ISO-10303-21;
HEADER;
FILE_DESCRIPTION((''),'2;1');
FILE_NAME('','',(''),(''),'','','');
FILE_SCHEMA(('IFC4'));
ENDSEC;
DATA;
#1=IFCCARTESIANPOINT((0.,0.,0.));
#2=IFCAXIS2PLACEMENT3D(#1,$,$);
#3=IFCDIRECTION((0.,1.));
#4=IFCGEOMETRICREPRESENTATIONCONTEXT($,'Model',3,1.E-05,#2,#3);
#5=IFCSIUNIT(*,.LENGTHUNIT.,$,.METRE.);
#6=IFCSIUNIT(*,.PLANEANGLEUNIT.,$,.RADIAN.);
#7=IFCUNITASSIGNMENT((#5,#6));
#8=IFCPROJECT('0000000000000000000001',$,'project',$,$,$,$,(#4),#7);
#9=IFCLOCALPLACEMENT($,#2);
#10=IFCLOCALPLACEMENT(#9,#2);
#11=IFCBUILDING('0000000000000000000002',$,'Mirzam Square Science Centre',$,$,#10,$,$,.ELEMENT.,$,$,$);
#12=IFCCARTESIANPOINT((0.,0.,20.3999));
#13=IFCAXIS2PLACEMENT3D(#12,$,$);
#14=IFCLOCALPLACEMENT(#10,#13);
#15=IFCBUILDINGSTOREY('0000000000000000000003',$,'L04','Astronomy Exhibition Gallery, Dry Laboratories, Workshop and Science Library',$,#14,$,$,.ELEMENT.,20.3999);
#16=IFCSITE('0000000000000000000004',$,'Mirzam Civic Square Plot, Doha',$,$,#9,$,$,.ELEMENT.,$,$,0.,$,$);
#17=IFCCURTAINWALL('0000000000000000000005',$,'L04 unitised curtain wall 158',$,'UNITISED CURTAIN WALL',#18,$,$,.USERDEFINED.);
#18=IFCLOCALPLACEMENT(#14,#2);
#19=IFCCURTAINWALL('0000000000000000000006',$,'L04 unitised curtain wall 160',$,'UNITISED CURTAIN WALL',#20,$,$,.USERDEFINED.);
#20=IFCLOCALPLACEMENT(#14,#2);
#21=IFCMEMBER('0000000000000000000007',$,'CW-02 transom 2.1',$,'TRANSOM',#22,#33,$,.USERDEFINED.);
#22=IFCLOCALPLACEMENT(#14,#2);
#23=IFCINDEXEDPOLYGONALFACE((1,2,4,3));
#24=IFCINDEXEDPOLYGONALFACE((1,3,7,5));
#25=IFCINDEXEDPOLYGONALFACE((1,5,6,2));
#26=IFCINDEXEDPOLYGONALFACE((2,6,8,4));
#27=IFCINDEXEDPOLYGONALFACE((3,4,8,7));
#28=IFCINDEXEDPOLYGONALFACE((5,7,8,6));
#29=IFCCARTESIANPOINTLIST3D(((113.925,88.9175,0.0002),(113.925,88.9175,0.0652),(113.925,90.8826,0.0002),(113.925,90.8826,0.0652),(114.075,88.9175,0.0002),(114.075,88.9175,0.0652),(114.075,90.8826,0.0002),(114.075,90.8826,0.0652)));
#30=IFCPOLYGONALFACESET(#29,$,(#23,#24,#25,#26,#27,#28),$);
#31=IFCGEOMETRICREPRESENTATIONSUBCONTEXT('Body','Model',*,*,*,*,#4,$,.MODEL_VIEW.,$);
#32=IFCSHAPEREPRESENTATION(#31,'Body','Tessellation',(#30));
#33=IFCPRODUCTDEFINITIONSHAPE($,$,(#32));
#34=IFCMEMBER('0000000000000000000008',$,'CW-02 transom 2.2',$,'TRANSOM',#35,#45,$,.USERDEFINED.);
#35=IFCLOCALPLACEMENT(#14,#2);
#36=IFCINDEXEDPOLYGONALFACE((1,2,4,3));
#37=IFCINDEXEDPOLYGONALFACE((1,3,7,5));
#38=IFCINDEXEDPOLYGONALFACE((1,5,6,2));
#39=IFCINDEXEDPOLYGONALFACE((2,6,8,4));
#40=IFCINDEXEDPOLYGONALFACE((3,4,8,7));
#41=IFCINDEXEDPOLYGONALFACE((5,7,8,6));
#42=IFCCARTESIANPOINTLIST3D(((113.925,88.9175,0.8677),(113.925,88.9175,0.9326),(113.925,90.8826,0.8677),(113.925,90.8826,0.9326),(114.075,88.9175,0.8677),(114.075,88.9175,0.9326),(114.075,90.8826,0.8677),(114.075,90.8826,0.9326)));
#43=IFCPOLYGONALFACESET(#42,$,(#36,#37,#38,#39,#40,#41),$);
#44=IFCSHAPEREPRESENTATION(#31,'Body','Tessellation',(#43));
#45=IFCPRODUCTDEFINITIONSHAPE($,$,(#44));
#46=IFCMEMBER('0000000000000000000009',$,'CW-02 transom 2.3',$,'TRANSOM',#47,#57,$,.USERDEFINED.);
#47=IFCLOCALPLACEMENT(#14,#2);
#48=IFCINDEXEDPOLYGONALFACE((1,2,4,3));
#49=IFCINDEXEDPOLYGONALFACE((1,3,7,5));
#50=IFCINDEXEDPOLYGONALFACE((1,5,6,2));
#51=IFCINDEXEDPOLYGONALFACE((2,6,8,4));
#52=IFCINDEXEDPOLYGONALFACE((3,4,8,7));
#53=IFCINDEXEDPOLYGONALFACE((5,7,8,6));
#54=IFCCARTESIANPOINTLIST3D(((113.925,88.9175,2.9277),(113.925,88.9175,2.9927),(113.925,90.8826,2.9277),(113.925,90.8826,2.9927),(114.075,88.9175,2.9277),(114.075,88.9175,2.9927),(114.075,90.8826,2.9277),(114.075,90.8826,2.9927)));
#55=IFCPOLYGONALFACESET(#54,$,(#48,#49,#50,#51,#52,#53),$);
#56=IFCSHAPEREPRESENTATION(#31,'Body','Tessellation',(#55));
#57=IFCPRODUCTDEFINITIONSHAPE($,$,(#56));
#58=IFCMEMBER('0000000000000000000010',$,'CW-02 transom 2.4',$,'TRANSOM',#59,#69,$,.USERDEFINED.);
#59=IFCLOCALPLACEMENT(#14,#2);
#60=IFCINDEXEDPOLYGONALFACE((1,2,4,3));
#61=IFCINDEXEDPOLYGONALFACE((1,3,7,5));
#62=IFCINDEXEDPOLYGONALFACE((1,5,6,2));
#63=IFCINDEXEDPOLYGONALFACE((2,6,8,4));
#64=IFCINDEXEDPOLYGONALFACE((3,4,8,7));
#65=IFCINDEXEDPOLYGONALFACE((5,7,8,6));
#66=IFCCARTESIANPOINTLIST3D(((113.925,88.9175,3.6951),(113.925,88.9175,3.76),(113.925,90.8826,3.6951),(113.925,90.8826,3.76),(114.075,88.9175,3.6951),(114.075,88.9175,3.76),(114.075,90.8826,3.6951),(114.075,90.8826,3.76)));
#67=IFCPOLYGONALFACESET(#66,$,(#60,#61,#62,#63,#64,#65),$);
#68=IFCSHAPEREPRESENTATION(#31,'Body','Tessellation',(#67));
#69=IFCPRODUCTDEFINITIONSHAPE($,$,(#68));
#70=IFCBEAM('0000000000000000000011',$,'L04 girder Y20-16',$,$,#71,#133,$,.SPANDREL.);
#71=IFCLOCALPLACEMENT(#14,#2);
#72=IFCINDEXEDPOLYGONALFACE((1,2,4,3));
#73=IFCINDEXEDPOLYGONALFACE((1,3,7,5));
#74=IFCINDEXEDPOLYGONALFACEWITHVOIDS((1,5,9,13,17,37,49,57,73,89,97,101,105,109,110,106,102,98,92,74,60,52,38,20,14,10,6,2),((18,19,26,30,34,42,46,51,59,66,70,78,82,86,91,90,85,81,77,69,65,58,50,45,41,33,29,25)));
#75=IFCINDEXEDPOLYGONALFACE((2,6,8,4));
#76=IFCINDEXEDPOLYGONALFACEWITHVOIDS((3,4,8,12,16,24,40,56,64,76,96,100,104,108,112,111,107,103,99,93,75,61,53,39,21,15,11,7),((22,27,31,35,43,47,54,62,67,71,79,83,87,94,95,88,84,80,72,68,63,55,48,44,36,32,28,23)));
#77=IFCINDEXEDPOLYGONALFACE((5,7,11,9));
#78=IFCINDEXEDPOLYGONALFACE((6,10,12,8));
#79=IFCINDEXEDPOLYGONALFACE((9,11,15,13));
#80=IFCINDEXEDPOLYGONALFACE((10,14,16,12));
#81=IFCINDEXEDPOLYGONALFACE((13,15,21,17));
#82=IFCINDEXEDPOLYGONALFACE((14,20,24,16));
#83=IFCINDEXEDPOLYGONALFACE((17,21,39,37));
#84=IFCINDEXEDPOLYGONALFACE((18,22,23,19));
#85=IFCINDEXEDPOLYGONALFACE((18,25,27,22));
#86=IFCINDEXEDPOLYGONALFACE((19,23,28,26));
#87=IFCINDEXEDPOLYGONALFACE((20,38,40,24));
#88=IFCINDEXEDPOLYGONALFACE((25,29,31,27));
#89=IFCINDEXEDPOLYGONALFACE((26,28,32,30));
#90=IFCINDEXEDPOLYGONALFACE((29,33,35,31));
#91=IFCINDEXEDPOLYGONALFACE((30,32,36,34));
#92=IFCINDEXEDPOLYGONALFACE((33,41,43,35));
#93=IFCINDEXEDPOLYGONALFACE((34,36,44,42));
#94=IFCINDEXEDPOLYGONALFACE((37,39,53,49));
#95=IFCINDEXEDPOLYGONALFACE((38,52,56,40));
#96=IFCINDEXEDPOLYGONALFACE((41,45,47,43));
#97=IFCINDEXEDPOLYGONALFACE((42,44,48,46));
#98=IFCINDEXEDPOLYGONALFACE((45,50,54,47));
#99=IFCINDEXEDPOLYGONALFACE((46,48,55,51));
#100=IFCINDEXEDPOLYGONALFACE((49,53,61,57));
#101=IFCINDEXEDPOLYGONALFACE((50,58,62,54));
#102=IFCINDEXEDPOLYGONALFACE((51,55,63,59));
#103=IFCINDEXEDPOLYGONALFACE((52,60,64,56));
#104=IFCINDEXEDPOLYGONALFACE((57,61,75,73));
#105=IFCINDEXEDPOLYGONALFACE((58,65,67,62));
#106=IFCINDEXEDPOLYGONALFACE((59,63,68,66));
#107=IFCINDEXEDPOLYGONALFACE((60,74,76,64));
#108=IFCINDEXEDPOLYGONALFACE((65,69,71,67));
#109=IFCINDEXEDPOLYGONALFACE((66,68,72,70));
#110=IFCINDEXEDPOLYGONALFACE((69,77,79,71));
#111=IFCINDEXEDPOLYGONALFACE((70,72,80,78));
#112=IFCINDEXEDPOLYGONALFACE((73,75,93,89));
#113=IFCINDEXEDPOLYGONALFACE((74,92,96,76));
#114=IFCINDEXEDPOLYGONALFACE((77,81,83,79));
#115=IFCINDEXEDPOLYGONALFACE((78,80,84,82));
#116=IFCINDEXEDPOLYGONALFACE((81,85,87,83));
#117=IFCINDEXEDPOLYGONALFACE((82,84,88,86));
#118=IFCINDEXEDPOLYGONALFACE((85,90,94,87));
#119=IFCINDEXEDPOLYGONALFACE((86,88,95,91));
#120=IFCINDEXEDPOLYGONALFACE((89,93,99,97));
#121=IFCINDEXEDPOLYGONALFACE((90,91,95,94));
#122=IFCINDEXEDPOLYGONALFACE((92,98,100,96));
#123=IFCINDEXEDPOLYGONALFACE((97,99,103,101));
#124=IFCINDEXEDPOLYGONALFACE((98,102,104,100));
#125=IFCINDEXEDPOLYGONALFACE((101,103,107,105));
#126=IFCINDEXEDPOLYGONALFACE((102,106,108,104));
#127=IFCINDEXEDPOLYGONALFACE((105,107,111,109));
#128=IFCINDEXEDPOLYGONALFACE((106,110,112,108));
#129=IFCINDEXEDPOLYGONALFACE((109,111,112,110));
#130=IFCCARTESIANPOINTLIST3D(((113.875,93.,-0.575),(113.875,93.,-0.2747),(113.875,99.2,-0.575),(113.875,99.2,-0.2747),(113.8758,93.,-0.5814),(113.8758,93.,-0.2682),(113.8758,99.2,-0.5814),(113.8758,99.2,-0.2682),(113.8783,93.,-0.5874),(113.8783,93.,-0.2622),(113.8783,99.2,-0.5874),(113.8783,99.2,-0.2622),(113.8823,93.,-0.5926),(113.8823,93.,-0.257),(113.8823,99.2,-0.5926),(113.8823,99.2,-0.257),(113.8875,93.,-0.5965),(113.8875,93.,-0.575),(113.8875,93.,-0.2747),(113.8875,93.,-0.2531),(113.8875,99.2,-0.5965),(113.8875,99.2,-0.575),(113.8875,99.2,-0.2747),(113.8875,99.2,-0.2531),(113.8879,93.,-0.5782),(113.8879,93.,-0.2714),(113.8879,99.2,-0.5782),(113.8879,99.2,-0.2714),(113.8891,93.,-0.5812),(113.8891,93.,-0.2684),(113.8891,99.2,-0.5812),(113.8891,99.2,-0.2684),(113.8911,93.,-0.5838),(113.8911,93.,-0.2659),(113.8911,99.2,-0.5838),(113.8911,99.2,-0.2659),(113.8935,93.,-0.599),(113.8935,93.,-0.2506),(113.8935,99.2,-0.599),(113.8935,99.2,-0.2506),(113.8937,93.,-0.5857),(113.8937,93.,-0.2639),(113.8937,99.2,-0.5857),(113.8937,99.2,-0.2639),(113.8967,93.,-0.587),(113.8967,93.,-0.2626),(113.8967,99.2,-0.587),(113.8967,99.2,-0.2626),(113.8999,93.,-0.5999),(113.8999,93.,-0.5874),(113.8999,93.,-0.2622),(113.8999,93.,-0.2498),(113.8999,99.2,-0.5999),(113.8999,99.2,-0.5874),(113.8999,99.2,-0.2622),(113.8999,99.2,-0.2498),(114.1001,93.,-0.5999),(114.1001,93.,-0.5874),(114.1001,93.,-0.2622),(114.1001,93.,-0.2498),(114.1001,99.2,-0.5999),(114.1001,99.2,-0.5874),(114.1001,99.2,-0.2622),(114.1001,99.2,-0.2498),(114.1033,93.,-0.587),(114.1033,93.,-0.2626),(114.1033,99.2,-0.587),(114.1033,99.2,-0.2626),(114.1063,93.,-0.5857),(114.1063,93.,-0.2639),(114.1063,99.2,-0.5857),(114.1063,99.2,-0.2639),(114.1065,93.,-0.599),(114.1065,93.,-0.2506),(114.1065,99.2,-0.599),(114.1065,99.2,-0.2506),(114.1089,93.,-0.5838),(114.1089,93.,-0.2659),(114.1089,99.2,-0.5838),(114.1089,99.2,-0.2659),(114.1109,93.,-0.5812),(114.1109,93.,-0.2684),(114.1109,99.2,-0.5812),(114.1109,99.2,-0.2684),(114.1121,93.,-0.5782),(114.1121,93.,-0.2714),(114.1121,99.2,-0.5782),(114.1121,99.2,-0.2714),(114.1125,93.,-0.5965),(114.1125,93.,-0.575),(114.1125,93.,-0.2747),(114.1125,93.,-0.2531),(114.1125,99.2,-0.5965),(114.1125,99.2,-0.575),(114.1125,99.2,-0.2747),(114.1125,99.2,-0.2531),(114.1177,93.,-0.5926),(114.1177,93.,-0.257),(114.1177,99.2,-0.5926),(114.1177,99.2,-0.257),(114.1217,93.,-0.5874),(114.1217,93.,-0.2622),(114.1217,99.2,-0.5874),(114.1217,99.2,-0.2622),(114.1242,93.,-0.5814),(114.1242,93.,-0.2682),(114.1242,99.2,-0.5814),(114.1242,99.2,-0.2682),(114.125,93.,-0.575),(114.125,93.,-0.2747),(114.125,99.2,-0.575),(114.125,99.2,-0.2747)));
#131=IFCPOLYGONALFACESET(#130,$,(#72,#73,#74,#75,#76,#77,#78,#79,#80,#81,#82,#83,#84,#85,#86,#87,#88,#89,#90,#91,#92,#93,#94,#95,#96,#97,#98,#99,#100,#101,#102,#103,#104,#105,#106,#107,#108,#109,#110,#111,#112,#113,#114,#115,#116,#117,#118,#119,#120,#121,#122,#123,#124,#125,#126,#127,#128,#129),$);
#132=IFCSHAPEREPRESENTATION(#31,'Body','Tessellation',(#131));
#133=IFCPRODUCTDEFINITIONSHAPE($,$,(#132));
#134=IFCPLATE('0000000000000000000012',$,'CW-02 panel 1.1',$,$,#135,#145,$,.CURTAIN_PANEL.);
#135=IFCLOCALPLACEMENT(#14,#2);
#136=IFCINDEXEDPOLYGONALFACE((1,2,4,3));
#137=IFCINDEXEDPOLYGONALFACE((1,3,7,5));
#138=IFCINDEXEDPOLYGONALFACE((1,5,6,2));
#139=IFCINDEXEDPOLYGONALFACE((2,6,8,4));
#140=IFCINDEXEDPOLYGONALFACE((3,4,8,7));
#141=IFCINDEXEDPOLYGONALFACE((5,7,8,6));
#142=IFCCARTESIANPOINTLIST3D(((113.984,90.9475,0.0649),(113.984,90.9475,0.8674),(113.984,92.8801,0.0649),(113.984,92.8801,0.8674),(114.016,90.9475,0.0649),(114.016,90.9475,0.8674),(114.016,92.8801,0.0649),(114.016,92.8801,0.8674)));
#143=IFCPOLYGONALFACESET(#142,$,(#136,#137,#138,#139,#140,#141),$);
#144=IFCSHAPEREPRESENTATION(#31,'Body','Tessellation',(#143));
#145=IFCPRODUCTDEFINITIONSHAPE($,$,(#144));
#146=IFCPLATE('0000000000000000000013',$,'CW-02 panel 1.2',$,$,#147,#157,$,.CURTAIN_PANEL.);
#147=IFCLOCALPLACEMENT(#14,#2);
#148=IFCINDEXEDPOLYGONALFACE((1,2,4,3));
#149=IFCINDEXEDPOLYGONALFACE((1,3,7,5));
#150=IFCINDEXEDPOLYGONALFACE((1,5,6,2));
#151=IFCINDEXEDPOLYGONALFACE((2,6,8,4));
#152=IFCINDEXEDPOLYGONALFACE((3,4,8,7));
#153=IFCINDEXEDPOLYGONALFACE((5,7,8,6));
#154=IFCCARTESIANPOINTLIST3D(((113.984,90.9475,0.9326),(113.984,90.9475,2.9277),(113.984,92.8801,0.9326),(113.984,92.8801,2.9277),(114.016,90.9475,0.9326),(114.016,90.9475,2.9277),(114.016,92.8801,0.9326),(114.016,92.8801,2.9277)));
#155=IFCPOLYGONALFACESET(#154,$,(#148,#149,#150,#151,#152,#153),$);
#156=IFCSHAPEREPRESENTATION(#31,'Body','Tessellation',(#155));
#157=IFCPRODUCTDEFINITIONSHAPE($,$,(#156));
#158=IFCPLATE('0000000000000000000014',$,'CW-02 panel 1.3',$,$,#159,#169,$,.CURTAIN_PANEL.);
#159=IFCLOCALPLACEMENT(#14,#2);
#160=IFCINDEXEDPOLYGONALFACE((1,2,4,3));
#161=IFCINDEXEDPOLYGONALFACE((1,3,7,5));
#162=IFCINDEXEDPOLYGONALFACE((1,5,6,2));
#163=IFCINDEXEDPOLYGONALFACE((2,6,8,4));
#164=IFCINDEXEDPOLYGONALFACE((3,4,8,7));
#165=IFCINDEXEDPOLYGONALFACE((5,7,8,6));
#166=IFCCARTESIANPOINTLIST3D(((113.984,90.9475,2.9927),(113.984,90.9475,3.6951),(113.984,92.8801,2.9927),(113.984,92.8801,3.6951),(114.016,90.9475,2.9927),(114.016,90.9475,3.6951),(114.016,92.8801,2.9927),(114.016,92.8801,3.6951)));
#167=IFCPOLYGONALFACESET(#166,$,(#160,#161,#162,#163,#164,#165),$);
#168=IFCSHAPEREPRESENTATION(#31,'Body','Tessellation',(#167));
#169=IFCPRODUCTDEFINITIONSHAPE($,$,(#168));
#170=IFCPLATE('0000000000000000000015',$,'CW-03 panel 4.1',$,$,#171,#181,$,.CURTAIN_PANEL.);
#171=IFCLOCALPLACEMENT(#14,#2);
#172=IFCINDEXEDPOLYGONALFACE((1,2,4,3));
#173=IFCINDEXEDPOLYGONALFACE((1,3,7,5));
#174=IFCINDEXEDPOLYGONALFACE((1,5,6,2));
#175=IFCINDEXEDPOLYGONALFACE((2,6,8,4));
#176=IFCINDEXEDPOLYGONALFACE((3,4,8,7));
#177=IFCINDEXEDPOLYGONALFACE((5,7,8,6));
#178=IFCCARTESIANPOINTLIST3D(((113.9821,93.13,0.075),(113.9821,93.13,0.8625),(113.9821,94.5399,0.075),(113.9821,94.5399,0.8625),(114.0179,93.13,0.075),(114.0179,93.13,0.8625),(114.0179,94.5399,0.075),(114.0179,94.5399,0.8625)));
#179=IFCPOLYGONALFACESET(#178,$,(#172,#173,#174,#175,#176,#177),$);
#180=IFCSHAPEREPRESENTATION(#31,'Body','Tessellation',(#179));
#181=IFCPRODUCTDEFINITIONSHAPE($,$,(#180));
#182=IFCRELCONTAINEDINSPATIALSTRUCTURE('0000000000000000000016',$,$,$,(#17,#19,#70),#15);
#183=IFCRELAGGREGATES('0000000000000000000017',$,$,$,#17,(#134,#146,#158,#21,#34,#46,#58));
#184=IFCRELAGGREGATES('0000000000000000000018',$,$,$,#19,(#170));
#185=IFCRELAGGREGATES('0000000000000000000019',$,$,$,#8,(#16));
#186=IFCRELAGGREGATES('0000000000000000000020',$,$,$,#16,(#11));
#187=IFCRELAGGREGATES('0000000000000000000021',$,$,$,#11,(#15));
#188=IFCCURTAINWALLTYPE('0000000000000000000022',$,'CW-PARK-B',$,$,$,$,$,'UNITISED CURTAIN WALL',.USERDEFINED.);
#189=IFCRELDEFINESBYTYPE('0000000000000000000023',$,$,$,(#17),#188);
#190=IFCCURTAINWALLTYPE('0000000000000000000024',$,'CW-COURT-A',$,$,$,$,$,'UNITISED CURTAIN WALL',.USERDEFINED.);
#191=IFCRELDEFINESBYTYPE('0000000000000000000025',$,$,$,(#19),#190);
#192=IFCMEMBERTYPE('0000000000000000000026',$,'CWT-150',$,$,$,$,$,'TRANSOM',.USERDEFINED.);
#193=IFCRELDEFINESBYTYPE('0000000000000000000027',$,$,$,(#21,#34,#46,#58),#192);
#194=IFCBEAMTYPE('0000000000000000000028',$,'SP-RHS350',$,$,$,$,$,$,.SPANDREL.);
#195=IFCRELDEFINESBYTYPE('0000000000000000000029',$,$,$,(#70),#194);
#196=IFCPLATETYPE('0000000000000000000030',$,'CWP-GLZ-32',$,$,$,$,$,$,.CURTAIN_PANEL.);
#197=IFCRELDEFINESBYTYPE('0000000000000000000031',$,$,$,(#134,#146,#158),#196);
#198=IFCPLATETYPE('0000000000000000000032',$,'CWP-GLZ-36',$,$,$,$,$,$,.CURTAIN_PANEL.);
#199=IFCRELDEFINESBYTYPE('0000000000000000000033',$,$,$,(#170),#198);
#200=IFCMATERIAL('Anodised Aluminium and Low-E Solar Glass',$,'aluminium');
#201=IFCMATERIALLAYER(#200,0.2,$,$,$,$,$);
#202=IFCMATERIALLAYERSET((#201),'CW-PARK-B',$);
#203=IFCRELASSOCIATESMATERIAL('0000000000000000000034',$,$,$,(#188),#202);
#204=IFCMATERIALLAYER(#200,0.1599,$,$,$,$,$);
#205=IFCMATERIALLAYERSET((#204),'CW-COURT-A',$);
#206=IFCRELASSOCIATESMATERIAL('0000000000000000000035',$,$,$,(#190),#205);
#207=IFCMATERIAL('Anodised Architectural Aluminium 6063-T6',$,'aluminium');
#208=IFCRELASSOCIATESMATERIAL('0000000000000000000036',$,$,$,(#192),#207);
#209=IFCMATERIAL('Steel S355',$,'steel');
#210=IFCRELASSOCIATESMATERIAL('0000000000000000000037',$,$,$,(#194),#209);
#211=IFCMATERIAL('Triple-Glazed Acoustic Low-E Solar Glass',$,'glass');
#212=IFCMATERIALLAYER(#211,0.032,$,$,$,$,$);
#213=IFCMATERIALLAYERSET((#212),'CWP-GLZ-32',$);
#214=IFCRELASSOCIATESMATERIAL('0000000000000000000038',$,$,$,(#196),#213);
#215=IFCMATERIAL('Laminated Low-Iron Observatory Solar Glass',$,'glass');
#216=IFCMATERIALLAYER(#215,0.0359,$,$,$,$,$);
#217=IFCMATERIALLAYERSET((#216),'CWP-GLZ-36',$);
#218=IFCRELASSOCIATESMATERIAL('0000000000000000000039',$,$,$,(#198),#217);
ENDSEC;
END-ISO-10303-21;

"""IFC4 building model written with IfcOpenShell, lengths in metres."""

from ifc_helpers import new_model, si_unit, direction, frame, origin, origin_2d, place, context, subcontext, project, spatial, rectangle, hollow_rectangle, extrude, material, layer, layer_set, material_profile, profile_set, type_object, element, aggregate, save


model = new_model("IFC4")

# Units and contexts
model_context = context("Model", 3, precision=1e-05, world=origin(), true_north=direction((0.0, 1.0)))
body_context = subcontext(model_context, "Body", "Model", "MODEL_VIEW")
ifc_project = project(units=[si_unit("LENGTHUNIT", "METRE"), si_unit("PLANEANGLEUNIT", "RADIAN")], contexts=[model_context])

# Site, building, storey
site_placement = place(None, origin())
site = spatial("IfcSite", under=ifc_project, at=site_placement, Name="Mirzam Civic Square Plot, Doha", CompositionType="ELEMENT", RefElevation=0.0)
building_placement = place(site_placement, origin())
building = spatial("IfcBuilding", under=site, at=building_placement, Name="Mirzam Square Science Centre", CompositionType="ELEMENT")
storey_placement = place(building_placement, frame((0.0, 0.0, 20.3999)))
storey = spatial("IfcBuildingStorey", under=building, at=storey_placement, Name="L04", Description="Astronomy Exhibition Gallery, Dry Laboratories, Workshop and Science Library", CompositionType="ELEMENT", Elevation=20.3999)

# Shared definitions
ifc_material_1 = material(Name="Steel S355", Category="steel")

# Curtain wall
ifc_material_2 = material(Name="Anodised Aluminium and Low-E Solar Glass", Category="aluminium")
ifc_layer_1 = layer(ifc_material_2, 0.2)
ifc_layer_set_1 = layer_set([ifc_layer_1], Name="CW-PARK-B")
curtain_wall_type_1 = type_object("IfcCurtainWallType", Name="CW-PARK-B", ElementType="UNITISED CURTAIN WALL", PredefinedType="USERDEFINED", material=ifc_layer_set_1)
curtain_wall_1_placement = place(storey_placement, origin())
curtain_wall_1 = element("IfcCurtainWall", 1, at=curtain_wall_1_placement, inside=storey, type_object=curtain_wall_type_1, Name="L04 unitised curtain wall 158", ObjectType="UNITISED CURTAIN WALL", PredefinedType="USERDEFINED")
ifc_material_3 = material(Name="Anodised Architectural Aluminium 6063-T6", Category="aluminium")

# Curtain wall
ifc_layer_2 = layer(ifc_material_2, 0.1599)
ifc_layer_set_2 = layer_set([ifc_layer_2], Name="CW-COURT-A")
curtain_wall_type_2 = type_object("IfcCurtainWallType", Name="CW-COURT-A", ElementType="UNITISED CURTAIN WALL", PredefinedType="USERDEFINED", material=ifc_layer_set_2)
curtain_wall_2_placement = place(storey_placement, origin())
curtain_wall_2 = element("IfcCurtainWall", 2, at=curtain_wall_2_placement, inside=storey, type_object=curtain_wall_type_2, Name="L04 unitised curtain wall 160", ObjectType="UNITISED CURTAIN WALL", PredefinedType="USERDEFINED")

# Members
ifc_material_profile_1 = material_profile(ifc_material_3, rectangle(XDim=0.1499, YDim=0.0649, at=origin_2d()), Name="ALU-TRAN-150x65x4")
ifc_profile_set_1 = profile_set([ifc_material_profile_1], Name="Anodised Architectural Aluminium 6063-T6")
member_type_1 = type_object("IfcMemberType", Name="CWT-150", ElementType="TRANSOM", PredefinedType="USERDEFINED", material=ifc_profile_set_1)
member_1_placement = place(storey_placement, frame((114.0, 90.8826, 0.0327), z_axis=(0.0, -1.0, 0.0), x_axis=(1.0, 0.0, 0.0)))
member_1 = element("IfcMember", 3, at=member_1_placement, type_object=member_type_1, Name="CW-02 transom 2.1", ObjectType="TRANSOM", PredefinedType="USERDEFINED", context=body_context, shape_type="SweptSolid", body=[
    extrude(rectangle(XDim=0.1499, YDim=0.0649, at=origin_2d()), origin(), (0.0, 0.0, 1.0), 1.9651),
])
member_2_placement = place(storey_placement, frame((114.0, 90.8826, 0.9001), z_axis=(0.0, -1.0, 0.0), x_axis=(1.0, 0.0, 0.0)))
member_2 = element("IfcMember", 4, at=member_2_placement, type_object=member_type_1, Name="CW-02 transom 2.2", ObjectType="TRANSOM", PredefinedType="USERDEFINED", context=body_context, shape_type="SweptSolid", body=[
    extrude(rectangle(XDim=0.1499, YDim=0.0649, at=origin_2d()), origin(), (0.0, 0.0, 1.0), 1.9651),
])
member_3_placement = place(storey_placement, frame((114.0, 90.8826, 2.9602), z_axis=(0.0, -1.0, 0.0), x_axis=(1.0, 0.0, 0.0)))
member_3 = element("IfcMember", 5, at=member_3_placement, type_object=member_type_1, Name="CW-02 transom 2.3", ObjectType="TRANSOM", PredefinedType="USERDEFINED", context=body_context, shape_type="SweptSolid", body=[
    extrude(rectangle(XDim=0.1499, YDim=0.0649, at=origin_2d()), origin(), (0.0, 0.0, 1.0), 1.9651),
])
member_4_placement = place(storey_placement, frame((114.0, 90.8826, 3.7275), z_axis=(0.0, -1.0, 0.0), x_axis=(1.0, 0.0, 0.0)))
member_4 = element("IfcMember", 6, at=member_4_placement, type_object=member_type_1, Name="CW-02 transom 2.4", ObjectType="TRANSOM", PredefinedType="USERDEFINED", context=body_context, shape_type="SweptSolid", body=[
    extrude(rectangle(XDim=0.1499, YDim=0.0649, at=origin_2d()), origin(), (0.0, 0.0, 1.0), 1.9651),
])

# Beam
ifc_material_profile_2 = material_profile(ifc_material_1, hollow_rectangle(XDim=0.25, YDim=0.3501, WallThickness=0.0125, InnerFilletRadius=0.0125, OuterFilletRadius=0.0249, at=origin_2d()), Name="350x250x12.5RHS")
ifc_profile_set_2 = profile_set([ifc_material_profile_2], Name="Steel S355")
beam_type_1 = type_object("IfcBeamType", Name="SP-RHS350", PredefinedType="SPANDREL", material=ifc_profile_set_2)
beam_1_placement = place(storey_placement, frame((114.0, 93.0, -0.4248), z_axis=(0.0, 1.0, 0.0), x_axis=(-1.0, 0.0, 0.0)))
element("IfcBeam", 7, at=beam_1_placement, inside=storey, type_object=beam_type_1, Name="L04 girder Y20-16", PredefinedType="SPANDREL", context=body_context, shape_type="SweptSolid", body=[
    extrude(hollow_rectangle(XDim=0.25, YDim=0.3501, WallThickness=0.0125, InnerFilletRadius=0.0125, OuterFilletRadius=0.0249, at=origin_2d()), origin(), (0.0, 0.0, 1.0), 6.2),
])

# Plates
ifc_material_4 = material(Name="Triple-Glazed Acoustic Low-E Solar Glass", Category="glass")
ifc_layer_3 = layer(ifc_material_4, 0.032)
ifc_layer_set_3 = layer_set([ifc_layer_3], Name="CWP-GLZ-32")
plate_type_1 = type_object("IfcPlateType", Name="CWP-GLZ-32", PredefinedType="CURTAIN_PANEL", material=ifc_layer_set_3)
plate_1_placement = place(storey_placement, frame((114.0, 91.9138, 0.0649), z_axis=(0.0, 0.0, 1.0), x_axis=(0.0, -1.0, 0.0)))
plate_1 = element("IfcPlate", 8, at=plate_1_placement, type_object=plate_type_1, Name="CW-02 panel 1.1", PredefinedType="CURTAIN_PANEL", context=body_context, shape_type="SweptSolid", body=[
    extrude(rectangle(XDim=1.9326, YDim=0.032, at=origin_2d()), origin(), (0.0, 0.0, 1.0), 0.8025),
])
plate_2_placement = place(storey_placement, frame((114.0, 91.9138, 0.9326), z_axis=(0.0, 0.0, 1.0), x_axis=(0.0, -1.0, 0.0)))
plate_2 = element("IfcPlate", 9, at=plate_2_placement, type_object=plate_type_1, Name="CW-02 panel 1.2", PredefinedType="CURTAIN_PANEL", context=body_context, shape_type="SweptSolid", body=[
    extrude(rectangle(XDim=1.9326, YDim=0.032, at=origin_2d()), origin(), (0.0, 0.0, 1.0), 1.9951),
])
plate_3_placement = place(storey_placement, frame((114.0, 91.9138, 2.9927), z_axis=(0.0, 0.0, 1.0), x_axis=(0.0, -1.0, 0.0)))
plate_3 = element("IfcPlate", 10, at=plate_3_placement, type_object=plate_type_1, Name="CW-02 panel 1.3", PredefinedType="CURTAIN_PANEL", context=body_context, shape_type="SweptSolid", body=[
    extrude(rectangle(XDim=1.9326, YDim=0.032, at=origin_2d()), origin(), (0.0, 0.0, 1.0), 0.7024),
])
aggregate(curtain_wall_1, [plate_1, plate_2, plate_3, member_1, member_2, member_3, member_4])
ifc_material_5 = material(Name="Laminated Low-Iron Observatory Solar Glass", Category="glass")
ifc_layer_4 = layer(ifc_material_5, 0.0359)
ifc_layer_set_4 = layer_set([ifc_layer_4], Name="CWP-GLZ-36")
plate_type_2 = type_object("IfcPlateType", Name="CWP-GLZ-36", PredefinedType="CURTAIN_PANEL", material=ifc_layer_set_4)
plate_4_placement = place(storey_placement, frame((114.0, 93.835, 0.075), z_axis=(0.0, 0.0, 1.0), x_axis=(0.0, -1.0, 0.0)))
plate_4 = element("IfcPlate", 11, at=plate_4_placement, type_object=plate_type_2, Name="CW-03 panel 4.1", PredefinedType="CURTAIN_PANEL", context=body_context, shape_type="SweptSolid", body=[
    extrude(rectangle(XDim=1.4099, YDim=0.0359, at=origin_2d()), origin(), (0.0, 0.0, 1.0), 0.7876),
])
aggregate(curtain_wall_2, [plate_4])

save(model, "model.ifc")
